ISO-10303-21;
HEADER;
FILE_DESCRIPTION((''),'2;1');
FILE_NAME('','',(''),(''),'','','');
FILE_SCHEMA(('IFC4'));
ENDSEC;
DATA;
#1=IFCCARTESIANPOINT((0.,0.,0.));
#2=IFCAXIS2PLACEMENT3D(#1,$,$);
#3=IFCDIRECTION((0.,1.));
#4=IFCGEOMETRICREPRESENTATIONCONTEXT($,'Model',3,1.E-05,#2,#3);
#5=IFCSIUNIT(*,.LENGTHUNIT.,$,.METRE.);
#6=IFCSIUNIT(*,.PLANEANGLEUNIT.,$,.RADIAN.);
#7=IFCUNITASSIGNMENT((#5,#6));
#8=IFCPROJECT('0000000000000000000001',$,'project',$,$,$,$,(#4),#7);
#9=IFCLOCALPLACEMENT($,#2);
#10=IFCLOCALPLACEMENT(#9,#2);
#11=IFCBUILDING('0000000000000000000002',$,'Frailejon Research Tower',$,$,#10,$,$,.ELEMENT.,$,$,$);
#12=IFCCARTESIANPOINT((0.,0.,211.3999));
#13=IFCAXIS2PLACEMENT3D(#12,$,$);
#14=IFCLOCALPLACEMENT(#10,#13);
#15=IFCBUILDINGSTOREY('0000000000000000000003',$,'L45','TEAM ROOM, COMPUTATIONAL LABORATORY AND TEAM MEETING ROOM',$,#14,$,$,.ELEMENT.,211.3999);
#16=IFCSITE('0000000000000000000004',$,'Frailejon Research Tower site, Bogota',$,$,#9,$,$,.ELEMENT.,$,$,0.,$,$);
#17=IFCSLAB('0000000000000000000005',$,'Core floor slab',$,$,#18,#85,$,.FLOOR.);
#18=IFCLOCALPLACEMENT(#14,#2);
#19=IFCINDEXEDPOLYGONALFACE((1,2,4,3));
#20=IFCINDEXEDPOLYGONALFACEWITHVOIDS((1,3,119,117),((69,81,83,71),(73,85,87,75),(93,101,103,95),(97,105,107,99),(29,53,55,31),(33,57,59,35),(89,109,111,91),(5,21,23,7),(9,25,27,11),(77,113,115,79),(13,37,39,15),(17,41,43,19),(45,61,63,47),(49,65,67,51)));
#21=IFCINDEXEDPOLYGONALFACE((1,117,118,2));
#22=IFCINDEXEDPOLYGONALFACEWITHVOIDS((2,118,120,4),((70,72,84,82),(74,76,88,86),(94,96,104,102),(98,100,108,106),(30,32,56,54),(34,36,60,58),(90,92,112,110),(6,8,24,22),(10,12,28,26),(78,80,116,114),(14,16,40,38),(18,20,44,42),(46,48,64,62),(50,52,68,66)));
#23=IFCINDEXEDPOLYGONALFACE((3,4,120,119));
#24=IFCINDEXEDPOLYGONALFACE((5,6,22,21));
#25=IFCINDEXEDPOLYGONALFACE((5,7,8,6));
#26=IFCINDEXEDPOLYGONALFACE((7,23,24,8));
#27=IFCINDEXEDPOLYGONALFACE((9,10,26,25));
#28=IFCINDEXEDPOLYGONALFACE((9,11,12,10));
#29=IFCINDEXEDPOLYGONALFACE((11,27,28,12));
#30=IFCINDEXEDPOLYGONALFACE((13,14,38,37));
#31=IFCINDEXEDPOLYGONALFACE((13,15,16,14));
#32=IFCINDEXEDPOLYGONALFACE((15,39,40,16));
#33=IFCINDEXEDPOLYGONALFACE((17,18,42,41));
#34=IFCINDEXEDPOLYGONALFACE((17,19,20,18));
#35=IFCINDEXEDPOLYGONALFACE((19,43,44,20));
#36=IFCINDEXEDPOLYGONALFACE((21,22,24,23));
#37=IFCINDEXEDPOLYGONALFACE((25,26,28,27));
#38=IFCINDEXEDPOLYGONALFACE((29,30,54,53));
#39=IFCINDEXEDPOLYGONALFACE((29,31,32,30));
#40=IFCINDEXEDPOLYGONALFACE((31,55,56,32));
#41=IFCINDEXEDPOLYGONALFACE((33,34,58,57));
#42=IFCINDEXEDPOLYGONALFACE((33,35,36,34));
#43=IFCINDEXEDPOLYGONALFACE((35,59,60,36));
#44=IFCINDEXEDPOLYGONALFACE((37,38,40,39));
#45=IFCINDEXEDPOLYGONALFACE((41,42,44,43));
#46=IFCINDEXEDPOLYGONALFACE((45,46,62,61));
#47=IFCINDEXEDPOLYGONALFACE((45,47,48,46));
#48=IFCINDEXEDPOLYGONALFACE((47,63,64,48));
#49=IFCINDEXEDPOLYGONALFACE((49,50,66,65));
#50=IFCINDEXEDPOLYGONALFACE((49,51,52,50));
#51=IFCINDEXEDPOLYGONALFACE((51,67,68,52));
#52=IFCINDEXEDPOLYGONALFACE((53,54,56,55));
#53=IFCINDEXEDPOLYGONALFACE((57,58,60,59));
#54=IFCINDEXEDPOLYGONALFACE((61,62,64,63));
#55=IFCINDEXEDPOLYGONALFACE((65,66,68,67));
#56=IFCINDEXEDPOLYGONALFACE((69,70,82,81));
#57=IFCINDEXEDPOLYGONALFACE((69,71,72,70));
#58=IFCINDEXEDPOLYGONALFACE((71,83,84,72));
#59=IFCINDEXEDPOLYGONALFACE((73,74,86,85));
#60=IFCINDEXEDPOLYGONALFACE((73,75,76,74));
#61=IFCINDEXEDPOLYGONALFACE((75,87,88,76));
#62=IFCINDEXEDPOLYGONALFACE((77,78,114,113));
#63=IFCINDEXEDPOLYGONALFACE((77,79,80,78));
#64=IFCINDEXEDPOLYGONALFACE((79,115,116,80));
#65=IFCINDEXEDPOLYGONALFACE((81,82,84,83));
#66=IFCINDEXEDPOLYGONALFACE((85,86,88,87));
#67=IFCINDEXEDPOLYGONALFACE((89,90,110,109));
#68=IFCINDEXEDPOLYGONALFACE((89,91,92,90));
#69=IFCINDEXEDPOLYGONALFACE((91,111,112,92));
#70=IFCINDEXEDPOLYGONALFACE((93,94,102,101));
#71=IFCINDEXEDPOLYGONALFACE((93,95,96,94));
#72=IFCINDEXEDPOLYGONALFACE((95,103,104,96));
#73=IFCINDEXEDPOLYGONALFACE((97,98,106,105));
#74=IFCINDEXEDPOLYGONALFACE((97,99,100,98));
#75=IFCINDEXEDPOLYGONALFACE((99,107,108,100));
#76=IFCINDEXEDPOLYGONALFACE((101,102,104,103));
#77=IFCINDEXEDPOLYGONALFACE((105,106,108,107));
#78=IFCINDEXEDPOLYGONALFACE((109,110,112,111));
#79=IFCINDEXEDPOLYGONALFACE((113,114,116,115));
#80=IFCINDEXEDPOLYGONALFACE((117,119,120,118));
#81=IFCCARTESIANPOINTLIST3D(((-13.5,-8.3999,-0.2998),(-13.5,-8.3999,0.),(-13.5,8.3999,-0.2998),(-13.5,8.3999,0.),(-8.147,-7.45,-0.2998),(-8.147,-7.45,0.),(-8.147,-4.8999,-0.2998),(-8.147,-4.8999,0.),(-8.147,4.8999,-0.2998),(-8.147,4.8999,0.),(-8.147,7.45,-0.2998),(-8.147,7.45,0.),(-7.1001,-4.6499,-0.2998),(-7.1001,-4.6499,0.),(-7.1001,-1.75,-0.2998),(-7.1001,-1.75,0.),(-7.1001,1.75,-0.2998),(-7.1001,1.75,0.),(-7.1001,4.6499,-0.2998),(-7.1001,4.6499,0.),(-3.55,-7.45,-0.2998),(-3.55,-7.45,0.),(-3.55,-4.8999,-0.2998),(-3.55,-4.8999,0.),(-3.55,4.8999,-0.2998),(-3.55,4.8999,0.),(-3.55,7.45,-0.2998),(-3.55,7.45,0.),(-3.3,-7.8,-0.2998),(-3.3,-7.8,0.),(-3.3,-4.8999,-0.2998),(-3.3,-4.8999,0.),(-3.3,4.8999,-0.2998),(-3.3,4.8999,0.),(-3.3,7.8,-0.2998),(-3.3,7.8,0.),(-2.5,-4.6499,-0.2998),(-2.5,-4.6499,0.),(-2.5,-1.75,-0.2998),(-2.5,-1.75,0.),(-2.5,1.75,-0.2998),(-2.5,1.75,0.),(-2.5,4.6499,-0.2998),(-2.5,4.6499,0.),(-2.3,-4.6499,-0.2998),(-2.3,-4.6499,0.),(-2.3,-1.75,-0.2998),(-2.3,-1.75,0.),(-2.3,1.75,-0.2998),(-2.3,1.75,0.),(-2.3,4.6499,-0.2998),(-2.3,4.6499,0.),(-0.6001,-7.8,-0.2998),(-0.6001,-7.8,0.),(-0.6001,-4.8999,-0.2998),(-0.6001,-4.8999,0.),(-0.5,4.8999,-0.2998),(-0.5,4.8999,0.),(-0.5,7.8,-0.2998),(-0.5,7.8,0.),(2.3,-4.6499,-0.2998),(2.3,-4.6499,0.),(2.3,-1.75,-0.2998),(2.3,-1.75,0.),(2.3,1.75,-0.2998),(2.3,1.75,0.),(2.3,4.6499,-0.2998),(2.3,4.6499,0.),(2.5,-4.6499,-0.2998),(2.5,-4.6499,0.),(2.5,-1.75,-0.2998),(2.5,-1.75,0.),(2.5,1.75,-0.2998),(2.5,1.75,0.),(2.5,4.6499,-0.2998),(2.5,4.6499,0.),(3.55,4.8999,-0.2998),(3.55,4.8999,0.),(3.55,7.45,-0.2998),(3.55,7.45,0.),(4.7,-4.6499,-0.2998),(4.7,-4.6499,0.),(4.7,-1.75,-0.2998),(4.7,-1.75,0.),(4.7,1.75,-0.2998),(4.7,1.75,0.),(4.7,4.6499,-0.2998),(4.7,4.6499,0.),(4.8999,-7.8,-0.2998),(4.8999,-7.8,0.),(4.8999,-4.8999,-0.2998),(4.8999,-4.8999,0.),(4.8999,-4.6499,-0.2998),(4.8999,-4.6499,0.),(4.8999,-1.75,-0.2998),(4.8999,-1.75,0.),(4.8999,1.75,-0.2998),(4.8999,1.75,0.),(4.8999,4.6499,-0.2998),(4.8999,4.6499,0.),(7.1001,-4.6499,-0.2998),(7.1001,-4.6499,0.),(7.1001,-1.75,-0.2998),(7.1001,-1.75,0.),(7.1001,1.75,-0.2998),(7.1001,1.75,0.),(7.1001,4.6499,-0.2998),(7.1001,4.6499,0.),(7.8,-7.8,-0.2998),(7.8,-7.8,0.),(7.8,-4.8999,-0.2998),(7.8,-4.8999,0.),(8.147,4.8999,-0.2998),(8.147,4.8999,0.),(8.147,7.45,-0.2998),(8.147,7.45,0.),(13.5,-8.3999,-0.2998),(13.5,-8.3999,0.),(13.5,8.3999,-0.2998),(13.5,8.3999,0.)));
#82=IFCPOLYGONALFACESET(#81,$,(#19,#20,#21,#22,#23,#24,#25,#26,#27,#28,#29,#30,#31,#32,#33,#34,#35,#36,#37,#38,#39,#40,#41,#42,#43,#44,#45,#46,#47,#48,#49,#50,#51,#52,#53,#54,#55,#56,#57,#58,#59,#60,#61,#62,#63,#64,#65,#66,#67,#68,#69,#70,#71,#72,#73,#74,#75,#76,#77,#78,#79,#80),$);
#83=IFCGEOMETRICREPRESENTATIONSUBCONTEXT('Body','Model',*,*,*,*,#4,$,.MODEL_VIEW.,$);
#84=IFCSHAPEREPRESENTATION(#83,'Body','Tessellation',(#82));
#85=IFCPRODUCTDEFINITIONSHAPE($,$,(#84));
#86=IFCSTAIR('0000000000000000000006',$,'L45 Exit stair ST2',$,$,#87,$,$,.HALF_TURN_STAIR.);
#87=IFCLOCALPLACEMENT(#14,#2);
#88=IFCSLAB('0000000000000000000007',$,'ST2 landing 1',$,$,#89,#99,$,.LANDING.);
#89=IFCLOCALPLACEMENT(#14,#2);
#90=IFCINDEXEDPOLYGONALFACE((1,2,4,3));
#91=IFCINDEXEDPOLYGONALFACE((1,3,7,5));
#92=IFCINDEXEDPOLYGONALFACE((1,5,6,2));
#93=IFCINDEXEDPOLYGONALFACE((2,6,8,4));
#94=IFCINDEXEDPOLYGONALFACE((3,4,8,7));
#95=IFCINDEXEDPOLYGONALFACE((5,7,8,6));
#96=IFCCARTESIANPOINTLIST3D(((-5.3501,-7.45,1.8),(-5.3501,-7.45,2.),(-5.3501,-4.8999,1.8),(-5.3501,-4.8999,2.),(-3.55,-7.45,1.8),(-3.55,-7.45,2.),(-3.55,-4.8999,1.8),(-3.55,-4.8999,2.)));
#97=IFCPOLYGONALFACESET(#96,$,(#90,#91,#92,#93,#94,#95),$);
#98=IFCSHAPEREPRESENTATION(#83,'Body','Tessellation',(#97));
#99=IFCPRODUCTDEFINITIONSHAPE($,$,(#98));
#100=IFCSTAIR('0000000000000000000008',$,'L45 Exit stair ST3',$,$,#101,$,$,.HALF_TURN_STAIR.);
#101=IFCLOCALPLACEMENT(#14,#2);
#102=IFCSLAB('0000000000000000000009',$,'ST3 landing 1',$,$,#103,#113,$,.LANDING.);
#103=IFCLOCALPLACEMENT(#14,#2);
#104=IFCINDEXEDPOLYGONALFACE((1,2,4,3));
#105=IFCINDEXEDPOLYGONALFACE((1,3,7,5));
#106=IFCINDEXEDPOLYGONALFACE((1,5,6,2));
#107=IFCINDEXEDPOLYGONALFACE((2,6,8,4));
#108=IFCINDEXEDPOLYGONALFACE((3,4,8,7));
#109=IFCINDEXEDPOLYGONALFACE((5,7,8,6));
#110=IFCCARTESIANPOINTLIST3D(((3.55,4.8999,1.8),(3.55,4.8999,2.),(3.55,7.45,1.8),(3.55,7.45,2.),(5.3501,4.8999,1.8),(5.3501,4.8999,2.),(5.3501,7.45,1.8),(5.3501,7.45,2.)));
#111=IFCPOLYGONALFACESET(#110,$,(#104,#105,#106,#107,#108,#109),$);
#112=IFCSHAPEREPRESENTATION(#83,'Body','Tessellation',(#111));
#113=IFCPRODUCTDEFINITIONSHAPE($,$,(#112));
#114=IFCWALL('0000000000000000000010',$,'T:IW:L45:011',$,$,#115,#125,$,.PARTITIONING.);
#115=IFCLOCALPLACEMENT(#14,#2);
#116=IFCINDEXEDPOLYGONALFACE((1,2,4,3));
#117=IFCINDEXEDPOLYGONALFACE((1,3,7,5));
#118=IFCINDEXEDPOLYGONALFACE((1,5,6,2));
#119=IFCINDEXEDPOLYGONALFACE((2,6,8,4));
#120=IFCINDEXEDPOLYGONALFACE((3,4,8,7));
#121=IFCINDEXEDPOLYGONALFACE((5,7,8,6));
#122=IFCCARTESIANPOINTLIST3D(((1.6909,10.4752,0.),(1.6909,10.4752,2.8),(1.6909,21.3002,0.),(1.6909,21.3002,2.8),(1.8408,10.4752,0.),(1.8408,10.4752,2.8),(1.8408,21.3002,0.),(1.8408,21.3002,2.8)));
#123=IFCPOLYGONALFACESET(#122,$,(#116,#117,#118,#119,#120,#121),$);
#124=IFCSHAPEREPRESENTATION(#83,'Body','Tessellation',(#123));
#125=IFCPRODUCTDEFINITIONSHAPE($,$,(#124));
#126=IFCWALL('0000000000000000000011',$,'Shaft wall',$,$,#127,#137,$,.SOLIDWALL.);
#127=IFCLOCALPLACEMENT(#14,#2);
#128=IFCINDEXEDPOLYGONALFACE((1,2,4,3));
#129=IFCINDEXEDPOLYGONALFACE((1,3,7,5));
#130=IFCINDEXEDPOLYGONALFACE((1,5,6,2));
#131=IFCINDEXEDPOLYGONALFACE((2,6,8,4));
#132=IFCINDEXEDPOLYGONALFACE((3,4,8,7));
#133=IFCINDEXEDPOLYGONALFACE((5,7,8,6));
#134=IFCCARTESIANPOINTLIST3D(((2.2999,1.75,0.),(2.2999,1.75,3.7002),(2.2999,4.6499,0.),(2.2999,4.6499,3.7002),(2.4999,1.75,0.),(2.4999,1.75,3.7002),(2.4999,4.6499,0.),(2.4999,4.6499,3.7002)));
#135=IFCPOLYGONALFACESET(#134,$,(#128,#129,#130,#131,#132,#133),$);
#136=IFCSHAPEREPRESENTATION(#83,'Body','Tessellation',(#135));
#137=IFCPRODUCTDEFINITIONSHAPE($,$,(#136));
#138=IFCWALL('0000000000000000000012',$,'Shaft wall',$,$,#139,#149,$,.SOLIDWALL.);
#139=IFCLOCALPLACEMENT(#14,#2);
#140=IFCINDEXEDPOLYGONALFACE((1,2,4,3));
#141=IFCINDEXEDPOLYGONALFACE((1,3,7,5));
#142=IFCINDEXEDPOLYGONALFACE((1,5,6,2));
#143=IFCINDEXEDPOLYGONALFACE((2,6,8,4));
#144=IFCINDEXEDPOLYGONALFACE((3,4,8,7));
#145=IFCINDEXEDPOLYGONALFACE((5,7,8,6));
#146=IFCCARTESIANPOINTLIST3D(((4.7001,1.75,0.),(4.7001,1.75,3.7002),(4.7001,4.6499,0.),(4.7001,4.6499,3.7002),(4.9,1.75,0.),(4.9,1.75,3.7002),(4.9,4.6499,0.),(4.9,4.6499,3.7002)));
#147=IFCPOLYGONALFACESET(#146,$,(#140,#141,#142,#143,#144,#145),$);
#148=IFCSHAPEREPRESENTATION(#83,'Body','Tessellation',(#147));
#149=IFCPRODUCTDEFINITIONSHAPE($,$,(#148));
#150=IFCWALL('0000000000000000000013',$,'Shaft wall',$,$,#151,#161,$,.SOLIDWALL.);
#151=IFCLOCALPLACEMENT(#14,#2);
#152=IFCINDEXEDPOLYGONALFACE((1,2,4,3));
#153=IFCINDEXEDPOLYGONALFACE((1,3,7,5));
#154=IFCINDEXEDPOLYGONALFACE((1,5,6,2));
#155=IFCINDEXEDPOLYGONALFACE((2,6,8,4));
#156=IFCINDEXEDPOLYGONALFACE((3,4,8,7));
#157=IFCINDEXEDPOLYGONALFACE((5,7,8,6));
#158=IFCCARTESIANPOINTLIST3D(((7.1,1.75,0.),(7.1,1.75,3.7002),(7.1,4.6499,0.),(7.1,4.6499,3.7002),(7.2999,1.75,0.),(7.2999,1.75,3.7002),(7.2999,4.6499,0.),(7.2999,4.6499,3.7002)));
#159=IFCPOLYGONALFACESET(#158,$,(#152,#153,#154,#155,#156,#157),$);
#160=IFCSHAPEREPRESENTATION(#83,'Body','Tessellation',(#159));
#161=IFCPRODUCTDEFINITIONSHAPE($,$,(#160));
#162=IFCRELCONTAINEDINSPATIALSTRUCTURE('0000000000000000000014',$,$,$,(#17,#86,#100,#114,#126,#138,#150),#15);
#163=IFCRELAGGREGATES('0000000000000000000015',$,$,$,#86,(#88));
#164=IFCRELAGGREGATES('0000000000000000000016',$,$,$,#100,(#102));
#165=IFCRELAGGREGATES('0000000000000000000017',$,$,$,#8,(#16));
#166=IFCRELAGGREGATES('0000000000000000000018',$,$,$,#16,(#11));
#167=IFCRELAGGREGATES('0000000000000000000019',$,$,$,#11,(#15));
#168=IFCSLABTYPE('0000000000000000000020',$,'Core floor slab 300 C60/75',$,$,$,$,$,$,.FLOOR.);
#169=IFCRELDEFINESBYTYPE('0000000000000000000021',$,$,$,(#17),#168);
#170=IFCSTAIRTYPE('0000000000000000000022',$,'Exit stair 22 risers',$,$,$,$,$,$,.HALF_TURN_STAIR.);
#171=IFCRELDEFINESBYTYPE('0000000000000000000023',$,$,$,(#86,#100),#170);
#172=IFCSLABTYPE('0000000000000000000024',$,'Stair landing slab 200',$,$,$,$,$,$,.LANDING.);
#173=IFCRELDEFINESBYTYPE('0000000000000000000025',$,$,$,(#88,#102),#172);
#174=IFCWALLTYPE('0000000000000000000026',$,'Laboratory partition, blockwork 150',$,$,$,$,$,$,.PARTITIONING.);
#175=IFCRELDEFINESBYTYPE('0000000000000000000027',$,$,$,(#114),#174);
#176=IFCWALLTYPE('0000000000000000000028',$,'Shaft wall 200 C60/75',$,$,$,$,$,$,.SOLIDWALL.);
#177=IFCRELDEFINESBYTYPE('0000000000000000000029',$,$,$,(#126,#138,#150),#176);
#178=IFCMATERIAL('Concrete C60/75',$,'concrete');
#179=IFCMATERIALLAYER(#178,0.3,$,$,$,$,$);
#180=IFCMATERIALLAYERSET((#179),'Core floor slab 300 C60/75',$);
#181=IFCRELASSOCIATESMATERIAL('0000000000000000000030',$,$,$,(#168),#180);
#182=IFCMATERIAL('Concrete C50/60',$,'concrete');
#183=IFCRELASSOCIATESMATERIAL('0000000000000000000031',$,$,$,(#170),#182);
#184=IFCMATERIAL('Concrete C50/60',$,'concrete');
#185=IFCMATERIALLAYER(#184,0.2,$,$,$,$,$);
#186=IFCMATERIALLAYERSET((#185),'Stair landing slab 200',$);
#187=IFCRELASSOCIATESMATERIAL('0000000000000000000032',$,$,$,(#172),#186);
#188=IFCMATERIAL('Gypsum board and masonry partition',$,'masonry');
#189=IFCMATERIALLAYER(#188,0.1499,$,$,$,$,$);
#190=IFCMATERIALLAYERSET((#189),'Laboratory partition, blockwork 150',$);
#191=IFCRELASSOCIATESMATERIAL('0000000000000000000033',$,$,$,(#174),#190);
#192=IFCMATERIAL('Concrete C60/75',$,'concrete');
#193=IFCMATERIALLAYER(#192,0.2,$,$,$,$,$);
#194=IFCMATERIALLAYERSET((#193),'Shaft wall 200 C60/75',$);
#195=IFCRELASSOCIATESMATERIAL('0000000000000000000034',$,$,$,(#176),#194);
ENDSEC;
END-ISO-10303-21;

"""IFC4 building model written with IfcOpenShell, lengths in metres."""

from ifc_helpers import new_model, si_unit, direction, frame, frame_2d, origin, place, context, subcontext, project, spatial, polyline, rectangle, outline, extrude, material, layer, layer_set, type_object, element, aggregate, save


model = new_model("IFC4")

# Units and contexts
model_context = context("Model", 3, precision=1e-05, world=origin(), true_north=direction((0.0, 1.0)))
body_context = subcontext(model_context, "Body", "Model", "MODEL_VIEW")
ifc_project = project(units=[si_unit("LENGTHUNIT", "METRE"), si_unit("PLANEANGLEUNIT", "RADIAN")], contexts=[model_context])

# Site, building, storey
site_placement = place(None, origin())
site = spatial("IfcSite", under=ifc_project, at=site_placement, Name="Frailejon Research Tower site, Bogota", CompositionType="ELEMENT", RefElevation=0.0)
building_placement = place(site_placement, origin())
building = spatial("IfcBuilding", under=site, at=building_placement, Name="Frailejon Research Tower", CompositionType="ELEMENT")
storey_placement = place(building_placement, frame((0.0, 0.0, 211.3999)))
storey = spatial("IfcBuildingStorey", under=building, at=storey_placement, Name="L45", Description="TEAM ROOM, COMPUTATIONAL LABORATORY AND TEAM MEETING ROOM", CompositionType="ELEMENT", Elevation=211.3999)

# Slab
ifc_material_1 = material(Name="Concrete C60/75", Category="concrete")
ifc_layer_1 = layer(ifc_material_1, 0.3)
ifc_layer_set_1 = layer_set([ifc_layer_1], Name="Core floor slab 300 C60/75")
slab_type_1 = type_object("IfcSlabType", Name="Core floor slab 300 C60/75", PredefinedType="FLOOR", material=ifc_layer_set_1)
slab_1_placement = place(storey_placement, frame((0.0, 0.0, -0.2998)))
element("IfcSlab", 1, at=slab_1_placement, inside=storey, type_object=slab_type_1, Name="Core floor slab", PredefinedType="FLOOR", context=body_context, shape_type="SweptSolid", body=[
    extrude(outline(polyline([(13.5, -8.3999), (13.5, 8.3999), (-13.5, 8.3999), (-13.5, -8.3999), (13.5, -8.3999)]), holes=[polyline([(-2.5, 1.75), (-2.5, 4.6499), (-7.1001, 4.6499), (-7.1001, 1.75), (-2.5, 1.75)]), polyline([(2.3, 1.75), (2.3, 4.6499), (-2.3, 4.6499), (-2.3, 1.75), (2.3, 1.75)]), polyline([(4.7, 1.75), (4.7, 4.6499), (2.5, 4.6499), (2.5, 1.75), (4.7, 1.75)]), polyline([(7.1001, 1.75), (7.1001, 4.6499), (4.8999, 4.6499), (4.8999, 1.75), (7.1001, 1.75)]), polyline([(-2.5, -4.6499), (-2.5, -1.75), (-7.1001, -1.75), (-7.1001, -4.6499), (-2.5, -4.6499)]), polyline([(2.3, -4.6499), (2.3, -1.75), (-2.3, -1.75), (-2.3, -4.6499), (2.3, -4.6499)]), polyline([(4.7, -4.6499), (4.7, -1.75), (2.5, -1.75), (2.5, -4.6499), (4.7, -4.6499)]), polyline([(7.1001, -4.6499), (7.1001, -1.75), (4.8999, -1.75), (4.8999, -4.6499), (7.1001, -4.6499)]), polyline([(-8.147, 4.8999), (-3.55, 4.8999), (-3.55, 7.45), (-8.147, 7.45), (-8.147, 4.8999)]), polyline([(-8.147, -7.45), (-3.55, -7.45), (-3.55, -4.8999), (-8.147, -4.8999), (-8.147, -7.45)]), polyline([(8.147, 7.45), (3.55, 7.45), (3.55, 4.8999), (8.147, 4.8999), (8.147, 7.45)]), polyline([(-0.6001, -7.8), (-0.6001, -4.8999), (-3.3, -4.8999), (-3.3, -7.8), (-0.6001, -7.8)]), polyline([(7.8, -7.8), (7.8, -4.8999), (4.8999, -4.8999), (4.8999, -7.8), (7.8, -7.8)]), polyline([(-0.5, 4.8999), (-0.5, 7.8), (-3.3, 7.8), (-3.3, 4.8999), (-0.5, 4.8999)])]), origin(), (0.0, 0.0, 1.0), 0.2998),
])

# Stairs, slabs
ifc_material_2 = material(Name="Concrete C50/60", Category="concrete")
stair_type = type_object("IfcStairType", Name="Exit stair 22 risers", PredefinedType="HALF_TURN_STAIR", material=ifc_material_2)
stair_1_placement = place(storey_placement, origin())
stair_1 = element("IfcStair", 2, at=stair_1_placement, inside=storey, type_object=stair_type, Name="L45 Exit stair ST2", PredefinedType="HALF_TURN_STAIR")
ifc_material_3 = material(Name="Concrete C50/60", Category="concrete")
ifc_layer_2 = layer(ifc_material_3, 0.2)
ifc_layer_set_2 = layer_set([ifc_layer_2], Name="Stair landing slab 200")
slab_type_2 = type_object("IfcSlabType", Name="Stair landing slab 200", PredefinedType="LANDING", material=ifc_layer_set_2)
slab_2_placement = place(storey_placement, frame((0.0, 0.0, 1.8)))
slab_2 = element("IfcSlab", 3, at=slab_2_placement, type_object=slab_type_2, Name="ST2 landing 1", PredefinedType="LANDING", context=body_context, shape_type="SweptSolid", body=[
    extrude(outline(polyline([(-5.3501, -7.45), (-3.55, -7.45), (-3.55, -4.8999), (-5.3501, -4.8999), (-5.3501, -7.45)])), origin(), (0.0, 0.0, 1.0), 0.2),
])
aggregate(stair_1, [slab_2])
stair_2_placement = place(storey_placement, origin())
stair_2 = element("IfcStair", 4, at=stair_2_placement, inside=storey, type_object=stair_type, Name="L45 Exit stair ST3", PredefinedType="HALF_TURN_STAIR")
slab_3_placement = place(storey_placement, frame((0.0, 0.0, 1.8)))
slab_3 = element("IfcSlab", 5, at=slab_3_placement, type_object=slab_type_2, Name="ST3 landing 1", PredefinedType="LANDING", context=body_context, shape_type="SweptSolid", body=[
    extrude(outline(polyline([(5.3501, 7.45), (3.55, 7.45), (3.55, 4.8999), (5.3501, 4.8999), (5.3501, 7.45)])), origin(), (0.0, 0.0, 1.0), 0.2),
])

# Walls
ifc_material_4 = material(Name="Gypsum board and masonry partition", Category="masonry")
ifc_layer_3 = layer(ifc_material_4, 0.1499)
ifc_layer_set_3 = layer_set([ifc_layer_3], Name="Laboratory partition, blockwork 150")
wall_type_1 = type_object("IfcWallType", Name="Laboratory partition, blockwork 150", PredefinedType="PARTITIONING", material=ifc_layer_set_3)
wall_1_placement = place(storey_placement, frame((1.7659, 10.4751, 0.0), z_axis=(0.0, 0.0, 1.0), x_axis=(0.0, 1.0, 0.0)))
element("IfcWall", 6, at=wall_1_placement, inside=storey, type_object=wall_type_1, Name="T:IW:L45:011", PredefinedType="PARTITIONING", context=body_context, shape_type="SweptSolid", body=[
    extrude(rectangle(XDim=10.825, YDim=0.1499, at=frame_2d((5.4126, 0.0))), origin(), (0.0, 0.0, 1.0), 2.8),
])
ifc_material_5 = material(Name="Concrete C60/75", Category="concrete")
ifc_layer_4 = layer(ifc_material_5, 0.2)
ifc_layer_set_4 = layer_set([ifc_layer_4], Name="Shaft wall 200 C60/75")
wall_type_2 = type_object("IfcWallType", Name="Shaft wall 200 C60/75", PredefinedType="SOLIDWALL", material=ifc_layer_set_4)
for number, where, z_axis, x_axis, name in (
    (7, (2.3999, 1.75, 0.0), (0.0, 0.0, 1.0), (0.0, 1.0, 0.0), "Shaft wall"),
    (8, (4.8, 1.75, 0.0), (0.0, 0.0, 1.0), (0.0, 1.0, 0.0), "Shaft wall"),
    (9, (7.2, 1.75, 0.0), (0.0, 0.0, 1.0), (0.0, 1.0, 0.0), "Shaft wall"),
):
    element("IfcWall", number, at=place(storey_placement, frame(where, z_axis=z_axis, x_axis=x_axis)), inside=storey, type_object=wall_type_2, Name=name, PredefinedType="SOLIDWALL", context=body_context, shape_type="SweptSolid", body=[
        extrude(rectangle(XDim=2.8999, YDim=0.2, at=frame_2d((1.45, 0.0))), origin(), (0.0, 0.0, 1.0), 3.7002),
    ])

aggregate(stair_2, [slab_3])

save(model, "model.ifc")
